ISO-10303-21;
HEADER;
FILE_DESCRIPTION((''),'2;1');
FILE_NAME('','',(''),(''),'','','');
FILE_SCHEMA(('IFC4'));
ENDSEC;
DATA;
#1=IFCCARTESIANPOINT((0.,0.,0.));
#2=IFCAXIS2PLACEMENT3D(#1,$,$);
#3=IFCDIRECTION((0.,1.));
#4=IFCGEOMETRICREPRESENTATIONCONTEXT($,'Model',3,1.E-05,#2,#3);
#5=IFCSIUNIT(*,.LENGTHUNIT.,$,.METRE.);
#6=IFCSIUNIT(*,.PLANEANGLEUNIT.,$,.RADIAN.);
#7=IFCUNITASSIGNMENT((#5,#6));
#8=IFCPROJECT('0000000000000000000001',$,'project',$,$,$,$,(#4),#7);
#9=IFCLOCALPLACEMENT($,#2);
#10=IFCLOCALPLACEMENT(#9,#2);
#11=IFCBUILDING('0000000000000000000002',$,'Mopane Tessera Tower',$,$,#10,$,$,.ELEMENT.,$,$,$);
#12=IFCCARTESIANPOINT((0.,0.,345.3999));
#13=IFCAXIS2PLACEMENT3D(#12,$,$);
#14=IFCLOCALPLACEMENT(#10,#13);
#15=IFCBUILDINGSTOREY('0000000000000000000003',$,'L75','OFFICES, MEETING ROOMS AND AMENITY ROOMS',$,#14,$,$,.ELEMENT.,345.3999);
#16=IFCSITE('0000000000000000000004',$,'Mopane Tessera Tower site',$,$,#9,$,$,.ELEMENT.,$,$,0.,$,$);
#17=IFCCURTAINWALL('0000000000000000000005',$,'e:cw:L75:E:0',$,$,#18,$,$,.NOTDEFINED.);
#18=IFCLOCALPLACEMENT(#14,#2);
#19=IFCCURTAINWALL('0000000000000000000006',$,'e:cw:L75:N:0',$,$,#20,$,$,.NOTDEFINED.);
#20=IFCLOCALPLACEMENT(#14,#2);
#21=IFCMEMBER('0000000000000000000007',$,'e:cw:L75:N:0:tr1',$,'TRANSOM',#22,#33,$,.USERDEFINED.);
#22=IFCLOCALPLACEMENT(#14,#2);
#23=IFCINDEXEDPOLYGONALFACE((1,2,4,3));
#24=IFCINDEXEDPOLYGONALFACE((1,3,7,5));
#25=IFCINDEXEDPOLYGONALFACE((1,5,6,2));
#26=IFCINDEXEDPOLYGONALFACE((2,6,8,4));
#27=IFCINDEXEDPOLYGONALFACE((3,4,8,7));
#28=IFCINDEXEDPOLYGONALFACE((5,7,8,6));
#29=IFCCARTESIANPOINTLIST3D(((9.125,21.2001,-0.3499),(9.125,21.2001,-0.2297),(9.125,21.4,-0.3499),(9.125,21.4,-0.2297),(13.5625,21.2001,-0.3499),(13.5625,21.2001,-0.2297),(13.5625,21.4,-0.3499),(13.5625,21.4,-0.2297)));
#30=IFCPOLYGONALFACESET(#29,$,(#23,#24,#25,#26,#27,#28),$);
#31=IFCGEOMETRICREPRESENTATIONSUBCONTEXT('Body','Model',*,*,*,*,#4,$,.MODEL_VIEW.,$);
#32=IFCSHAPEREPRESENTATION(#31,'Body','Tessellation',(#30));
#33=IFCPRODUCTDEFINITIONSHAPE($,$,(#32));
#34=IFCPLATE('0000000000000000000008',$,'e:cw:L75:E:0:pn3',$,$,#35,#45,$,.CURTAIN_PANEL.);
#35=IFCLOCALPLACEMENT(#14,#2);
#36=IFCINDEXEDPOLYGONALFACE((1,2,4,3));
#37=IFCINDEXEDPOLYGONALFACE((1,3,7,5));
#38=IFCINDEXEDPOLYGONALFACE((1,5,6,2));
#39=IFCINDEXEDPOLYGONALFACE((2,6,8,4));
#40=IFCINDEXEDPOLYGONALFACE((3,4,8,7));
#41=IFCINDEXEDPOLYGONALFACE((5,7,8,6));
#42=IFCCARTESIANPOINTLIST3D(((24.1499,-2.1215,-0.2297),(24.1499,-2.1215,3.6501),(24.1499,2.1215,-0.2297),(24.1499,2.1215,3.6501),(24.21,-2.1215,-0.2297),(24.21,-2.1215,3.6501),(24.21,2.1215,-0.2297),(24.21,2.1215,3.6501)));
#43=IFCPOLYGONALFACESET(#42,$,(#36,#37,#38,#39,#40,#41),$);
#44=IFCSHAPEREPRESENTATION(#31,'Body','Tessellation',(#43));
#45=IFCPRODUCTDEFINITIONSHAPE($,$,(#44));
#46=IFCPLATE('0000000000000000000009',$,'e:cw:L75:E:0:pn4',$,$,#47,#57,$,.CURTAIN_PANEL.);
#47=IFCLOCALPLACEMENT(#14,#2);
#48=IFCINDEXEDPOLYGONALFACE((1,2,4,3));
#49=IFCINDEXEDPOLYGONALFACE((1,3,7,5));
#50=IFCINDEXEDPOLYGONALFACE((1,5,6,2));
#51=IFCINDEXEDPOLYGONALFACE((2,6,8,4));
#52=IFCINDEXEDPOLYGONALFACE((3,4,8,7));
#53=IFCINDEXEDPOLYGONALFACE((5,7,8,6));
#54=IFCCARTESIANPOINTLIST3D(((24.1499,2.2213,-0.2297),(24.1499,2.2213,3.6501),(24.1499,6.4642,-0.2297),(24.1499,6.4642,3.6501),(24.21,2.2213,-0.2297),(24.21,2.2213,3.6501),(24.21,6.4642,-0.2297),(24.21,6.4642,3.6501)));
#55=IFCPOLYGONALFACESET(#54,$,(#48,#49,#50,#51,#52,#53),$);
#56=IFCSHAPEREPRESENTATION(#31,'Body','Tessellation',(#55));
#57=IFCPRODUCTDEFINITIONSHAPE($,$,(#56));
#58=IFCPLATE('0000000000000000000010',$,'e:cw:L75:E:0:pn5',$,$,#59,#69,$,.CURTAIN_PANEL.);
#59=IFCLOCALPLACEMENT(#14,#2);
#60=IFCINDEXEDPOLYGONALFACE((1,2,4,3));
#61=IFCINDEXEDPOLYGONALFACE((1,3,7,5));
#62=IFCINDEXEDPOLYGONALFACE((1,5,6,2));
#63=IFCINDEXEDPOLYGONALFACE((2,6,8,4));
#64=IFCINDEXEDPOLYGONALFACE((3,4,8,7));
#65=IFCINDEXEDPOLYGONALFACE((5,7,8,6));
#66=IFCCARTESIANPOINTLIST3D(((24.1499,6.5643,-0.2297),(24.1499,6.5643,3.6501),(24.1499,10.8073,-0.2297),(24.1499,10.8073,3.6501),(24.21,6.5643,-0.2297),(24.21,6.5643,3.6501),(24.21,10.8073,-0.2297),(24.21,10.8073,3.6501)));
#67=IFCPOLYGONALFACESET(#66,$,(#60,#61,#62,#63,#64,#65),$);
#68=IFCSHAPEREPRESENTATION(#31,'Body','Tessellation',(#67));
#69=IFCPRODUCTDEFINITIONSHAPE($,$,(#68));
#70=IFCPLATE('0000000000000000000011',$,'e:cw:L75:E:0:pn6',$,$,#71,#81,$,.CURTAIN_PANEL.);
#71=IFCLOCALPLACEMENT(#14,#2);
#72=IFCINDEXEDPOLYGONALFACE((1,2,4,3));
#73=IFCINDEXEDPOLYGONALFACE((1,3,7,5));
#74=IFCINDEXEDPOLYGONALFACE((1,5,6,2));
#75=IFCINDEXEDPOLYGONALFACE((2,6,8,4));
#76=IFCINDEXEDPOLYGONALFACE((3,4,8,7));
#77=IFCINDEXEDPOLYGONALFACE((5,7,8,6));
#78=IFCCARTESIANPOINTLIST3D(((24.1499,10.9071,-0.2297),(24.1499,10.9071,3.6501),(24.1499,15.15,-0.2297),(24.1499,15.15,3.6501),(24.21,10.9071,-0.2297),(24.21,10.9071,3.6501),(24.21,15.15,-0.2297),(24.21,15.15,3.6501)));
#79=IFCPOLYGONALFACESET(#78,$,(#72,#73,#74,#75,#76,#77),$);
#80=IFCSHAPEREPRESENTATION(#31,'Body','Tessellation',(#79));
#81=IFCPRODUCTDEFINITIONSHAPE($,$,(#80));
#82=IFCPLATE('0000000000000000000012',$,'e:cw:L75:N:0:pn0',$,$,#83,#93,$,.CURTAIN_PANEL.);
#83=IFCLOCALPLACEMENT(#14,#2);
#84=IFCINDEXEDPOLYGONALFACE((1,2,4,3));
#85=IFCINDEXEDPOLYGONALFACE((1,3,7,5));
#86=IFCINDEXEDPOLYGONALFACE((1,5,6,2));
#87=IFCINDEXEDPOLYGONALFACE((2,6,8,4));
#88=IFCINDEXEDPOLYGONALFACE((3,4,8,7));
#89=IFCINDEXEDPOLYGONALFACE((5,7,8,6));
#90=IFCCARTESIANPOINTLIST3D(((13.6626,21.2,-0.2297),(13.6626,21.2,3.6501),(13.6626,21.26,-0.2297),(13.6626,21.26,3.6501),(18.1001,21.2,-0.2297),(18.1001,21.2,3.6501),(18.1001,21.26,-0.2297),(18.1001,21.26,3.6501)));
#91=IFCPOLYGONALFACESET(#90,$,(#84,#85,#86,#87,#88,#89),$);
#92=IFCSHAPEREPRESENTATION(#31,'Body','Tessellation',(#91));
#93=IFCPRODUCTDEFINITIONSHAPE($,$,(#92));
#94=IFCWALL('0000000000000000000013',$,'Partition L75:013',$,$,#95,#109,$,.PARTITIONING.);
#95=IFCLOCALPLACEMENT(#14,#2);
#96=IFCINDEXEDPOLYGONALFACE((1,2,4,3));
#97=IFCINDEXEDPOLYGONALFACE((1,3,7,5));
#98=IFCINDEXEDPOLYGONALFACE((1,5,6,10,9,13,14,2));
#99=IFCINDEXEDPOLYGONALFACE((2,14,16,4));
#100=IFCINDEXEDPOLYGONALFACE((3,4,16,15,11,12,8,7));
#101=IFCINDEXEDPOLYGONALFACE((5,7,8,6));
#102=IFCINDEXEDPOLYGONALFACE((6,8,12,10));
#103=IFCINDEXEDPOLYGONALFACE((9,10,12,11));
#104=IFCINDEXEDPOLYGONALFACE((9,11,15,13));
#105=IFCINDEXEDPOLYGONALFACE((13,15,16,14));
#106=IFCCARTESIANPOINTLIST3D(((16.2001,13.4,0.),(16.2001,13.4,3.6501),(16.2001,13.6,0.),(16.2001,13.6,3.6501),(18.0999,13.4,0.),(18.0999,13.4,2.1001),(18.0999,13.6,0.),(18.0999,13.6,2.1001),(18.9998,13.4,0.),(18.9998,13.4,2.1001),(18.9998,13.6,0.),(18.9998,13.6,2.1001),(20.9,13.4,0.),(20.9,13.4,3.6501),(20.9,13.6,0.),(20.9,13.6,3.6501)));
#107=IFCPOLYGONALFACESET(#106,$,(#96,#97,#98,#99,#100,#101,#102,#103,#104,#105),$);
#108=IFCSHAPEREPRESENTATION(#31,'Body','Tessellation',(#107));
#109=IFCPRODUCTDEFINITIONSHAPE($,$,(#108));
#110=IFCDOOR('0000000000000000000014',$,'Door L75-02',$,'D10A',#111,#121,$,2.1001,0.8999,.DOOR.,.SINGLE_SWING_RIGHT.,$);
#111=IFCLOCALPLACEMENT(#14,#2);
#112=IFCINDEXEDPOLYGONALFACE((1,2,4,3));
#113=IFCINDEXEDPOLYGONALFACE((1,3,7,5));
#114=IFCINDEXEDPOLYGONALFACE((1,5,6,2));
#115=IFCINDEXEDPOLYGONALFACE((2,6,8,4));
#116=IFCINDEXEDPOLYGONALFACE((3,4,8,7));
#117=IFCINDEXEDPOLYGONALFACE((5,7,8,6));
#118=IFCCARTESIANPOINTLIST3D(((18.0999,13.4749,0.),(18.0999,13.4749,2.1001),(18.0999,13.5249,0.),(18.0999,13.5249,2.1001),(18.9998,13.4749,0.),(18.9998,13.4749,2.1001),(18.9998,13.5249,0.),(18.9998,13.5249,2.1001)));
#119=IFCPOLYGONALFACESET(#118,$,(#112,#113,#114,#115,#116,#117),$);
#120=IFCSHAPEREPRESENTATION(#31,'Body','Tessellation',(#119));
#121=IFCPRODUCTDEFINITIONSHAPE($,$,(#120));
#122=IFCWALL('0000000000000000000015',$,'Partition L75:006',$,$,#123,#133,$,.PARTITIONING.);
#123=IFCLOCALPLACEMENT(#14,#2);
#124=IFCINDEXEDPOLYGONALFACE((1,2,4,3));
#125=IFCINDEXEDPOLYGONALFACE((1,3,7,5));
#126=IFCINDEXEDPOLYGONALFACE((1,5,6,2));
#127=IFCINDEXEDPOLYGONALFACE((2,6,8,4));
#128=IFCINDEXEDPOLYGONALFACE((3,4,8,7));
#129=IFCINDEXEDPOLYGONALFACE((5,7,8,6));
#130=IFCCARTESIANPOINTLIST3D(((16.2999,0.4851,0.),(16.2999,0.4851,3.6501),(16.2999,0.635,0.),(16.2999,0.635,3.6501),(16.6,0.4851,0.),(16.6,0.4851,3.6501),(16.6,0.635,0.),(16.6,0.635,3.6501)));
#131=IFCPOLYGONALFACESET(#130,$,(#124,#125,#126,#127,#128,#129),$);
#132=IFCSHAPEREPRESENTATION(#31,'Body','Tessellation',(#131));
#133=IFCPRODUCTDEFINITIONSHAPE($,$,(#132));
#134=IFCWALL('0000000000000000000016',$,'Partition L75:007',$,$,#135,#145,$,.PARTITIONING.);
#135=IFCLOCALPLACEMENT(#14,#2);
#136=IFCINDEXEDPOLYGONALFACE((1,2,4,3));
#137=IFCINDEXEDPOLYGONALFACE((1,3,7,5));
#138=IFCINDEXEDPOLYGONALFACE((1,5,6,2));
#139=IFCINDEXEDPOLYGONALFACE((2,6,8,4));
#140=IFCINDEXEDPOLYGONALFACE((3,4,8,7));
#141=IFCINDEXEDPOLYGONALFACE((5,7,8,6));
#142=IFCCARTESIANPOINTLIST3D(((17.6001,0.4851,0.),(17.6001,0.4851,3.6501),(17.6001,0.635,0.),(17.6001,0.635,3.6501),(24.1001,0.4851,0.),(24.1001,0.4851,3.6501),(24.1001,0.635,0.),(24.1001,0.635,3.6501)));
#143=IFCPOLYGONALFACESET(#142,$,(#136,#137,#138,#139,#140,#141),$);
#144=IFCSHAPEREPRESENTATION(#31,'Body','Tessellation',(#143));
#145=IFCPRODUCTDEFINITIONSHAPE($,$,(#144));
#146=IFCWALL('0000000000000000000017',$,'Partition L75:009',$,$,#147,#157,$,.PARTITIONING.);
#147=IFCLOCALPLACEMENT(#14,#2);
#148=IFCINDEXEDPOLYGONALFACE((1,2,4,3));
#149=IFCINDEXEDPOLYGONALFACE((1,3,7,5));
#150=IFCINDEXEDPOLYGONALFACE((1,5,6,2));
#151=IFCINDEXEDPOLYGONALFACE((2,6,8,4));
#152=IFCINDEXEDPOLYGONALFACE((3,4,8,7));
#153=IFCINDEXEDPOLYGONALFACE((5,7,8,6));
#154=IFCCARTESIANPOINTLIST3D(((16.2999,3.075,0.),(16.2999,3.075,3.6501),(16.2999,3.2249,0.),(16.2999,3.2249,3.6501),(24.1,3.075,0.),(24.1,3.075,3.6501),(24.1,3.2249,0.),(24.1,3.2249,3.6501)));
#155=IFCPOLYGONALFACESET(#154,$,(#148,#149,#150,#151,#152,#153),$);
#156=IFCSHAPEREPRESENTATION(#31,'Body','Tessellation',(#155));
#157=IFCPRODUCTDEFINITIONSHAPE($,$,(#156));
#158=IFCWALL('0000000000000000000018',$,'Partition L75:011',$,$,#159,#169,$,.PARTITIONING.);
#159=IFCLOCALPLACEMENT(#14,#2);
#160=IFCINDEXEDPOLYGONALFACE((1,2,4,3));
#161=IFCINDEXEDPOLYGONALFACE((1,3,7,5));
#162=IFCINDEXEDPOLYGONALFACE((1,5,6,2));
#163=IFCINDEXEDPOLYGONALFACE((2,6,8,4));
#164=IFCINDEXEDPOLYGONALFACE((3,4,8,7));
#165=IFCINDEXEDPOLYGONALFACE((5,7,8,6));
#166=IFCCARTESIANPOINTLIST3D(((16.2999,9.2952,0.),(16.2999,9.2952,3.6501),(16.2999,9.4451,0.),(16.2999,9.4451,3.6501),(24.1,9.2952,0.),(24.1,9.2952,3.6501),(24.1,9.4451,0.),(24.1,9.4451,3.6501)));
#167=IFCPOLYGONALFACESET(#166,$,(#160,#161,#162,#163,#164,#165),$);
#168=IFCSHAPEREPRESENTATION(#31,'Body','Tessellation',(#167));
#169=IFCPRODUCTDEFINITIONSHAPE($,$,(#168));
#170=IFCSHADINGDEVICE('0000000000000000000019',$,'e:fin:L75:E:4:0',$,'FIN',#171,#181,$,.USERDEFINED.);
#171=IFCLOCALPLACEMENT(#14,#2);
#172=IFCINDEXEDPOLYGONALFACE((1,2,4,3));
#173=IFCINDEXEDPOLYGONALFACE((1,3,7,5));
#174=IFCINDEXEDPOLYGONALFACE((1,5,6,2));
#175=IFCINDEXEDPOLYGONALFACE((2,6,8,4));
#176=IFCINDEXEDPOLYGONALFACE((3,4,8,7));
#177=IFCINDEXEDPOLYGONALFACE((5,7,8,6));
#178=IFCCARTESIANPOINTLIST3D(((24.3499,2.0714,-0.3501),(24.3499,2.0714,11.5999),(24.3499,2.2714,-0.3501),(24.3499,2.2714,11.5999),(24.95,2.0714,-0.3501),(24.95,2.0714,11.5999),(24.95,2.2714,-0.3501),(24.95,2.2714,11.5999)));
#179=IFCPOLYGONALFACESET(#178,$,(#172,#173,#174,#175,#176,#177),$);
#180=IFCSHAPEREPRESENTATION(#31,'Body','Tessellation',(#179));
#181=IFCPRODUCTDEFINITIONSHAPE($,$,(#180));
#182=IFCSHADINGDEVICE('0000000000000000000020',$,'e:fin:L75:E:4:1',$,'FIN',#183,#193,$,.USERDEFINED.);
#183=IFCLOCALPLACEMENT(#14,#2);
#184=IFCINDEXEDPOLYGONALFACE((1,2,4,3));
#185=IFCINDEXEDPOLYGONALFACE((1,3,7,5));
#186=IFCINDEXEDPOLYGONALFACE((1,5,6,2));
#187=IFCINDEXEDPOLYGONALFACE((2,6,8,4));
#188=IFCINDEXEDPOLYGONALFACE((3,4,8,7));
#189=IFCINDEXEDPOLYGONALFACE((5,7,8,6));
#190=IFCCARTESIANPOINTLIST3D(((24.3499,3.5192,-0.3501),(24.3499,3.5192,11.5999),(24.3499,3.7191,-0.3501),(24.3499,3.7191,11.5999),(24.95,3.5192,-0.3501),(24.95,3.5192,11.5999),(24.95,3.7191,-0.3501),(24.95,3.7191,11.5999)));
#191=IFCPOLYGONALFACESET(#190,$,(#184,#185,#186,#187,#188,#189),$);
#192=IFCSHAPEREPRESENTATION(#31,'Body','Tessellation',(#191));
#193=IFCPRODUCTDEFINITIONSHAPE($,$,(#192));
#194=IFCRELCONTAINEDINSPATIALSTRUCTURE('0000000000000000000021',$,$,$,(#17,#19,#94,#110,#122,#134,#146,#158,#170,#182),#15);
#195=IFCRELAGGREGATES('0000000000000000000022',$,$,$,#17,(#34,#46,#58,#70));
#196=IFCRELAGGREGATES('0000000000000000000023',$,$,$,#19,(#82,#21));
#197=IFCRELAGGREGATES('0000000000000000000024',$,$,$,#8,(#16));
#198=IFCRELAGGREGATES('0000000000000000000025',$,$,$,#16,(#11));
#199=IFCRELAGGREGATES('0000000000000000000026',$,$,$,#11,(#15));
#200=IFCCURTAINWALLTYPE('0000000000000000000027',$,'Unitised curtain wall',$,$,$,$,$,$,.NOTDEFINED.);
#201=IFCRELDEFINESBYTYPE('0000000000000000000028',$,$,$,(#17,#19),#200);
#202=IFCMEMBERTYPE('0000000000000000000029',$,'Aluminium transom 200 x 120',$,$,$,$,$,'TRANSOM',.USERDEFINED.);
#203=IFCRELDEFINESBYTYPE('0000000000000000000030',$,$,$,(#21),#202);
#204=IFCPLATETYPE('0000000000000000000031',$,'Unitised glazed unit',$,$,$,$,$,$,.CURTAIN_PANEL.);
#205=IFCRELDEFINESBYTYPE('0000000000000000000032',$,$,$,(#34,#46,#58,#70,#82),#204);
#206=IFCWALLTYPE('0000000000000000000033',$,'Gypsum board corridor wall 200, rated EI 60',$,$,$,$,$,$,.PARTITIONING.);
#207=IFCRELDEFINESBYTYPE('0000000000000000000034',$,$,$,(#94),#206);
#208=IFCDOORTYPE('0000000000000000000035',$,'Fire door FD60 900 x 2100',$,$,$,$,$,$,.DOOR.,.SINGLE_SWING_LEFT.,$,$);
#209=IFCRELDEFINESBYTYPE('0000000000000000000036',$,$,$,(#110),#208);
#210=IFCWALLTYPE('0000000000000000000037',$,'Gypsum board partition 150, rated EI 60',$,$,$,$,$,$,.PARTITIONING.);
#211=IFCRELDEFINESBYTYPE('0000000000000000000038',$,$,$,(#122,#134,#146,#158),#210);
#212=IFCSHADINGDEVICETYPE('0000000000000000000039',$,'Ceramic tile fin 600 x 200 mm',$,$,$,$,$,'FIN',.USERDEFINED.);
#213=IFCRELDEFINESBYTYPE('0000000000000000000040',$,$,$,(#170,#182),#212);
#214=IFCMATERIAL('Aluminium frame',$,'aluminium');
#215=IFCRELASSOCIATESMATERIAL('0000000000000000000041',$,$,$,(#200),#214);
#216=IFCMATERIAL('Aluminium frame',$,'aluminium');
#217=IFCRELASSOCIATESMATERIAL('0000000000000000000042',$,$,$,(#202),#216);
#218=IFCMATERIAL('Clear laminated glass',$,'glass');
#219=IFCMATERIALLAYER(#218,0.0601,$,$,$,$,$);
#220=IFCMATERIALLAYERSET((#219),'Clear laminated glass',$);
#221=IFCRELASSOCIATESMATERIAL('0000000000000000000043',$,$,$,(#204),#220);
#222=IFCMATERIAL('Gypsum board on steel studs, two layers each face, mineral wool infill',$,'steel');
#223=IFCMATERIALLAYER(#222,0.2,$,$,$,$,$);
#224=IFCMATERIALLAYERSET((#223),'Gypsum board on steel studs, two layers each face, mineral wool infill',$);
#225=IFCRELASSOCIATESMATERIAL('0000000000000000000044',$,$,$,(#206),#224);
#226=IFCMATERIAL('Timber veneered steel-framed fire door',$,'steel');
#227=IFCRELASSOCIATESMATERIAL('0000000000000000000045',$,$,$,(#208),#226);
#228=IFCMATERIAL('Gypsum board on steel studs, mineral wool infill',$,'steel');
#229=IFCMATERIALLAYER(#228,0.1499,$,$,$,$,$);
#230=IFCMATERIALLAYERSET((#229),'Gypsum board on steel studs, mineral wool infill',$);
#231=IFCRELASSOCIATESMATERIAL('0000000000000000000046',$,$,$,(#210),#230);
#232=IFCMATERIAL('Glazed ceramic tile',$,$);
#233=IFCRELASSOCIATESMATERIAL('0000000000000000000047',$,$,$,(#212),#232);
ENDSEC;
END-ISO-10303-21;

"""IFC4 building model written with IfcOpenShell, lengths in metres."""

from ifc_helpers import new_model, si_unit, direction, frame, frame_2d, origin, origin_2d, place, context, subcontext, project, spatial, rectangle, extrude, material, layer, layer_set, material_profile, profile_set, type_object, element, fill, aggregate, save


model = new_model("IFC4")

# Units and contexts
model_context = context("Model", 3, precision=1e-05, world=origin(), true_north=direction((0.0, 1.0)))
body_context = subcontext(model_context, "Body", "Model", "MODEL_VIEW")
ifc_project = project(units=[si_unit("LENGTHUNIT", "METRE"), si_unit("PLANEANGLEUNIT", "RADIAN")], contexts=[model_context])

# Site, building, storey
site_placement = place(None, origin())
site = spatial("IfcSite", under=ifc_project, at=site_placement, Name="Mopane Tessera Tower site", CompositionType="ELEMENT", RefElevation=0.0)
building_placement = place(site_placement, origin())
building = spatial("IfcBuilding", under=site, at=building_placement, Name="Mopane Tessera Tower", CompositionType="ELEMENT")
storey_placement = place(building_placement, frame((0.0, 0.0, 345.3999)))
storey = spatial("IfcBuildingStorey", under=building, at=storey_placement, Name="L75", Description="OFFICES, MEETING ROOMS AND AMENITY ROOMS", CompositionType="ELEMENT", Elevation=345.3999)

# Curtain walls
ifc_material_1 = material(Name="Aluminium frame", Category="aluminium")
curtain_wall_type = type_object("IfcCurtainWallType", Name="Unitised curtain wall", PredefinedType="NOTDEFINED", material=ifc_material_1)
curtain_wall_1_placement = place(storey_placement, origin())
curtain_wall_1 = element("IfcCurtainWall", 1, at=curtain_wall_1_placement, inside=storey, type_object=curtain_wall_type, Name="e:cw:L75:E:0", PredefinedType="NOTDEFINED")
curtain_wall_2_placement = place(storey_placement, origin())
curtain_wall_2 = element("IfcCurtainWall", 2, at=curtain_wall_2_placement, inside=storey, type_object=curtain_wall_type, Name="e:cw:L75:N:0", PredefinedType="NOTDEFINED")

# Member
ifc_material_2 = material(Name="Aluminium frame", Category="aluminium")
ifc_material_profile_1 = material_profile(ifc_material_2, rectangle(XDim=0.2, YDim=0.1201, at=origin_2d()))
ifc_profile_set_1 = profile_set([ifc_material_profile_1], Name="Aluminium frame")
member_type_1 = type_object("IfcMemberType", Name="Aluminium transom 200 x 120", ElementType="TRANSOM", PredefinedType="USERDEFINED", material=ifc_profile_set_1)
member_1_placement = place(storey_placement, frame((13.5625, 21.3, -0.2898), z_axis=(-1.0, 0.0, 0.0), x_axis=(0.0, -1.0, 0.0)))
member_1 = element("IfcMember", 3, at=member_1_placement, type_object=member_type_1, Name="e:cw:L75:N:0:tr1", ObjectType="TRANSOM", PredefinedType="USERDEFINED", context=body_context, shape_type="SweptSolid", body=[
    extrude(rectangle(XDim=0.2, YDim=0.1201, at=origin_2d()), origin(), (0.0, 0.0, 1.0), 4.4375),
])

# Plates
ifc_material_3 = material(Name="Clear laminated glass", Category="glass")
ifc_layer_1 = layer(ifc_material_3, 0.0601)
ifc_layer_set_1 = layer_set([ifc_layer_1], Name="Clear laminated glass")
plate_type = type_object("IfcPlateType", Name="Unitised glazed unit", PredefinedType="CURTAIN_PANEL", material=ifc_layer_set_1)
plate_1_placement = place(storey_placement, frame((24.1799, 0.0, -0.2297), z_axis=(0.0, 0.0, 1.0), x_axis=(0.0, 1.0, 0.0)))
plate_1 = element("IfcPlate", 4, at=plate_1_placement, type_object=plate_type, Name="e:cw:L75:E:0:pn3", PredefinedType="CURTAIN_PANEL", context=body_context, shape_type="SweptSolid", body=[
    extrude(rectangle(XDim=4.2429, YDim=0.0601, at=origin_2d()), origin(), (0.0, 0.0, 1.0), 3.8799),
])
plate_2_placement = place(storey_placement, frame((24.1799, 4.3428, -0.2297), z_axis=(0.0, 0.0, 1.0), x_axis=(0.0, 1.0, 0.0)))
plate_2 = element("IfcPlate", 5, at=plate_2_placement, type_object=plate_type, Name="e:cw:L75:E:0:pn4", PredefinedType="CURTAIN_PANEL", context=body_context, shape_type="SweptSolid", body=[
    extrude(rectangle(XDim=4.2429, YDim=0.0601, at=origin_2d()), origin(), (0.0, 0.0, 1.0), 3.8799),
])
plate_3_placement = place(storey_placement, frame((24.1799, 8.6858, -0.2297), z_axis=(0.0, 0.0, 1.0), x_axis=(0.0, 1.0, 0.0)))
plate_3 = element("IfcPlate", 6, at=plate_3_placement, type_object=plate_type, Name="e:cw:L75:E:0:pn5", PredefinedType="CURTAIN_PANEL", context=body_context, shape_type="SweptSolid", body=[
    extrude(rectangle(XDim=4.2429, YDim=0.0601, at=origin_2d()), origin(), (0.0, 0.0, 1.0), 3.8799),
])
plate_4_placement = place(storey_placement, frame((24.1799, 13.0286, -0.2297), z_axis=(0.0, 0.0, 1.0), x_axis=(0.0, 1.0, 0.0)))
plate_4 = element("IfcPlate", 7, at=plate_4_placement, type_object=plate_type, Name="e:cw:L75:E:0:pn6", PredefinedType="CURTAIN_PANEL", context=body_context, shape_type="SweptSolid", body=[
    extrude(rectangle(XDim=4.2429, YDim=0.0601, at=origin_2d()), origin(), (0.0, 0.0, 1.0), 3.8799),
])
aggregate(curtain_wall_1, [plate_1, plate_2, plate_3, plate_4])
plate_5_placement = place(storey_placement, frame((15.8813, 21.23, -0.2297), z_axis=(0.0, 0.0, 1.0), x_axis=(-1.0, 0.0, 0.0)))
plate_5 = element("IfcPlate", 8, at=plate_5_placement, type_object=plate_type, Name="e:cw:L75:N:0:pn0", PredefinedType="CURTAIN_PANEL", context=body_context, shape_type="SweptSolid", body=[
    extrude(rectangle(XDim=4.4375, YDim=0.0601, at=origin_2d()), origin(), (0.0, 0.0, 1.0), 3.8799),
])
aggregate(curtain_wall_2, [plate_5, member_1])

# Wall, opening, door
ifc_material_4 = material(Name="Gypsum board on steel studs, two layers each face, mineral wool infill", Category="steel")
ifc_layer_2 = layer(ifc_material_4, 0.2)
ifc_layer_set_2 = layer_set([ifc_layer_2], Name="Gypsum board on steel studs, two layers each face, mineral wool infill")
wall_type_1 = type_object("IfcWallType", Name="Gypsum board corridor wall 200, rated EI 60", PredefinedType="PARTITIONING", material=ifc_layer_set_2)
wall_1_placement = place(storey_placement, frame((16.2, 13.5, 0.0), z_axis=(0.0, 0.0, 1.0), x_axis=(1.0, 0.0, 0.0)))
wall_1 = element("IfcWall", 9, at=wall_1_placement, inside=storey, type_object=wall_type_1, Name="Partition L75:013", PredefinedType="PARTITIONING", context=body_context, shape_type="SweptSolid", body=[
    extrude(rectangle(XDim=4.7, YDim=0.2, at=frame_2d((2.3501, 0.0))), origin(), (0.0, 0.0, 1.0), 3.6501),
])
opening_placement = place(wall_1_placement, frame((1.8999, 0.0, 0.0)))
opening = element("IfcOpeningElement", 10, at=opening_placement, cuts=wall_1, PredefinedType="OPENING", context=body_context, shape_type="SweptSolid", body=[
    extrude(rectangle(XDim=0.8999, YDim=2.1001, at=frame_2d((0.45, 1.05))), frame((0.0, 0.1121, 0.0), z_axis=(0.0, -1.0, 0.0), x_axis=(1.0, 0.0, 0.0)), (0.0, 0.0, 1.0), 0.2239),
])
ifc_material_5 = material(Name="Timber veneered steel-framed fire door", Category="steel")
door_type = type_object("IfcDoorType", Name="Fire door FD60 900 x 2100", OperationType="SINGLE_SWING_LEFT", PredefinedType="DOOR", material=ifc_material_5)
door_placement = place(opening_placement, origin())
door = element("IfcDoor", 11, at=door_placement, inside=storey, type_object=door_type, Name="Door L75-02", ObjectType="D10A", OperationType="SINGLE_SWING_RIGHT", OverallHeight=2.1001, OverallWidth=0.8999, PredefinedType="DOOR", context=body_context, shape_type="SweptSolid", body=[
    extrude(rectangle(XDim=0.8999, YDim=2.1001, at=frame_2d((0.45, 1.05))), frame((0.0, 0.0249, 0.0), z_axis=(0.0, -1.0, 0.0), x_axis=(1.0, 0.0, 0.0)), (0.0, 0.0, 1.0), 0.05),
])
fill(opening, door)

# Walls
ifc_material_6 = material(Name="Gypsum board on steel studs, mineral wool infill", Category="steel")
ifc_layer_3 = layer(ifc_material_6, 0.1499)
ifc_layer_set_3 = layer_set([ifc_layer_3], Name="Gypsum board on steel studs, mineral wool infill")
wall_type_2 = type_object("IfcWallType", Name="Gypsum board partition 150, rated EI 60", PredefinedType="PARTITIONING", material=ifc_layer_set_3)
wall_2_placement = place(storey_placement, frame((16.3, 0.5601, 0.0), z_axis=(0.0, 0.0, 1.0), x_axis=(1.0, 0.0, 0.0)))
element("IfcWall", 12, at=wall_2_placement, inside=storey, type_object=wall_type_2, Name="Partition L75:006", PredefinedType="PARTITIONING", context=body_context, shape_type="SweptSolid", body=[
    extrude(rectangle(XDim=0.3, YDim=0.1499, at=frame_2d((0.1499, 0.0))), origin(), (0.0, 0.0, 1.0), 3.6501),
])
wall_3_placement = place(storey_placement, frame((17.6001, 0.5601, 0.0), z_axis=(0.0, 0.0, 1.0), x_axis=(1.0, 0.0, 0.0)))
element("IfcWall", 13, at=wall_3_placement, inside=storey, type_object=wall_type_2, Name="Partition L75:007", PredefinedType="PARTITIONING", context=body_context, shape_type="SweptSolid", body=[
    extrude(rectangle(XDim=6.5, YDim=0.1499, at=frame_2d((3.25, 0.0))), origin(), (0.0, 0.0, 1.0), 3.6501),
])
for number, where, z_axis, x_axis, name in (
    (14, (16.3, 3.1499, 0.0), (0.0, 0.0, 1.0), (1.0, 0.0, 0.0), "Partition L75:009"),
    (15, (16.3, 9.3701, 0.0), (0.0, 0.0, 1.0), (1.0, 0.0, 0.0), "Partition L75:011"),
):
    element("IfcWall", number, at=place(storey_placement, frame(where, z_axis=z_axis, x_axis=x_axis)), inside=storey, type_object=wall_type_2, Name=name, PredefinedType="PARTITIONING", context=body_context, shape_type="SweptSolid", body=[
        extrude(rectangle(XDim=7.8, YDim=0.1499, at=frame_2d((3.8999, 0.0))), origin(), (0.0, 0.0, 1.0), 3.6501),
    ])

# Shading devices
ifc_material_7 = material(Name="Glazed ceramic tile")
shading_device_type = type_object("IfcShadingDeviceType", Name="Ceramic tile fin 600 x 200 mm", ElementType="FIN", PredefinedType="USERDEFINED", material=ifc_material_7)
for number, where, z_axis, x_axis, name in (
    (16, (24.6499, 2.1714, -0.3501), (0.0, 0.0, 1.0), (0.0, 1.0, 0.0), "e:fin:L75:E:4:0"),
    (17, (24.6499, 3.6191, -0.3501), (0.0, 0.0, 1.0), (0.0, 1.0, 0.0), "e:fin:L75:E:4:1"),
):
    element("IfcShadingDevice", number, at=place(storey_placement, frame(where, z_axis=z_axis, x_axis=x_axis)), inside=storey, type_object=shading_device_type, Name=name, ObjectType="FIN", PredefinedType="USERDEFINED", context=body_context, shape_type="SweptSolid", body=[
        extrude(rectangle(XDim=0.2, YDim=0.6001, at=origin_2d()), origin(), (0.0, 0.0, 1.0), 11.95),
    ])

save(model, "model.ifc")
